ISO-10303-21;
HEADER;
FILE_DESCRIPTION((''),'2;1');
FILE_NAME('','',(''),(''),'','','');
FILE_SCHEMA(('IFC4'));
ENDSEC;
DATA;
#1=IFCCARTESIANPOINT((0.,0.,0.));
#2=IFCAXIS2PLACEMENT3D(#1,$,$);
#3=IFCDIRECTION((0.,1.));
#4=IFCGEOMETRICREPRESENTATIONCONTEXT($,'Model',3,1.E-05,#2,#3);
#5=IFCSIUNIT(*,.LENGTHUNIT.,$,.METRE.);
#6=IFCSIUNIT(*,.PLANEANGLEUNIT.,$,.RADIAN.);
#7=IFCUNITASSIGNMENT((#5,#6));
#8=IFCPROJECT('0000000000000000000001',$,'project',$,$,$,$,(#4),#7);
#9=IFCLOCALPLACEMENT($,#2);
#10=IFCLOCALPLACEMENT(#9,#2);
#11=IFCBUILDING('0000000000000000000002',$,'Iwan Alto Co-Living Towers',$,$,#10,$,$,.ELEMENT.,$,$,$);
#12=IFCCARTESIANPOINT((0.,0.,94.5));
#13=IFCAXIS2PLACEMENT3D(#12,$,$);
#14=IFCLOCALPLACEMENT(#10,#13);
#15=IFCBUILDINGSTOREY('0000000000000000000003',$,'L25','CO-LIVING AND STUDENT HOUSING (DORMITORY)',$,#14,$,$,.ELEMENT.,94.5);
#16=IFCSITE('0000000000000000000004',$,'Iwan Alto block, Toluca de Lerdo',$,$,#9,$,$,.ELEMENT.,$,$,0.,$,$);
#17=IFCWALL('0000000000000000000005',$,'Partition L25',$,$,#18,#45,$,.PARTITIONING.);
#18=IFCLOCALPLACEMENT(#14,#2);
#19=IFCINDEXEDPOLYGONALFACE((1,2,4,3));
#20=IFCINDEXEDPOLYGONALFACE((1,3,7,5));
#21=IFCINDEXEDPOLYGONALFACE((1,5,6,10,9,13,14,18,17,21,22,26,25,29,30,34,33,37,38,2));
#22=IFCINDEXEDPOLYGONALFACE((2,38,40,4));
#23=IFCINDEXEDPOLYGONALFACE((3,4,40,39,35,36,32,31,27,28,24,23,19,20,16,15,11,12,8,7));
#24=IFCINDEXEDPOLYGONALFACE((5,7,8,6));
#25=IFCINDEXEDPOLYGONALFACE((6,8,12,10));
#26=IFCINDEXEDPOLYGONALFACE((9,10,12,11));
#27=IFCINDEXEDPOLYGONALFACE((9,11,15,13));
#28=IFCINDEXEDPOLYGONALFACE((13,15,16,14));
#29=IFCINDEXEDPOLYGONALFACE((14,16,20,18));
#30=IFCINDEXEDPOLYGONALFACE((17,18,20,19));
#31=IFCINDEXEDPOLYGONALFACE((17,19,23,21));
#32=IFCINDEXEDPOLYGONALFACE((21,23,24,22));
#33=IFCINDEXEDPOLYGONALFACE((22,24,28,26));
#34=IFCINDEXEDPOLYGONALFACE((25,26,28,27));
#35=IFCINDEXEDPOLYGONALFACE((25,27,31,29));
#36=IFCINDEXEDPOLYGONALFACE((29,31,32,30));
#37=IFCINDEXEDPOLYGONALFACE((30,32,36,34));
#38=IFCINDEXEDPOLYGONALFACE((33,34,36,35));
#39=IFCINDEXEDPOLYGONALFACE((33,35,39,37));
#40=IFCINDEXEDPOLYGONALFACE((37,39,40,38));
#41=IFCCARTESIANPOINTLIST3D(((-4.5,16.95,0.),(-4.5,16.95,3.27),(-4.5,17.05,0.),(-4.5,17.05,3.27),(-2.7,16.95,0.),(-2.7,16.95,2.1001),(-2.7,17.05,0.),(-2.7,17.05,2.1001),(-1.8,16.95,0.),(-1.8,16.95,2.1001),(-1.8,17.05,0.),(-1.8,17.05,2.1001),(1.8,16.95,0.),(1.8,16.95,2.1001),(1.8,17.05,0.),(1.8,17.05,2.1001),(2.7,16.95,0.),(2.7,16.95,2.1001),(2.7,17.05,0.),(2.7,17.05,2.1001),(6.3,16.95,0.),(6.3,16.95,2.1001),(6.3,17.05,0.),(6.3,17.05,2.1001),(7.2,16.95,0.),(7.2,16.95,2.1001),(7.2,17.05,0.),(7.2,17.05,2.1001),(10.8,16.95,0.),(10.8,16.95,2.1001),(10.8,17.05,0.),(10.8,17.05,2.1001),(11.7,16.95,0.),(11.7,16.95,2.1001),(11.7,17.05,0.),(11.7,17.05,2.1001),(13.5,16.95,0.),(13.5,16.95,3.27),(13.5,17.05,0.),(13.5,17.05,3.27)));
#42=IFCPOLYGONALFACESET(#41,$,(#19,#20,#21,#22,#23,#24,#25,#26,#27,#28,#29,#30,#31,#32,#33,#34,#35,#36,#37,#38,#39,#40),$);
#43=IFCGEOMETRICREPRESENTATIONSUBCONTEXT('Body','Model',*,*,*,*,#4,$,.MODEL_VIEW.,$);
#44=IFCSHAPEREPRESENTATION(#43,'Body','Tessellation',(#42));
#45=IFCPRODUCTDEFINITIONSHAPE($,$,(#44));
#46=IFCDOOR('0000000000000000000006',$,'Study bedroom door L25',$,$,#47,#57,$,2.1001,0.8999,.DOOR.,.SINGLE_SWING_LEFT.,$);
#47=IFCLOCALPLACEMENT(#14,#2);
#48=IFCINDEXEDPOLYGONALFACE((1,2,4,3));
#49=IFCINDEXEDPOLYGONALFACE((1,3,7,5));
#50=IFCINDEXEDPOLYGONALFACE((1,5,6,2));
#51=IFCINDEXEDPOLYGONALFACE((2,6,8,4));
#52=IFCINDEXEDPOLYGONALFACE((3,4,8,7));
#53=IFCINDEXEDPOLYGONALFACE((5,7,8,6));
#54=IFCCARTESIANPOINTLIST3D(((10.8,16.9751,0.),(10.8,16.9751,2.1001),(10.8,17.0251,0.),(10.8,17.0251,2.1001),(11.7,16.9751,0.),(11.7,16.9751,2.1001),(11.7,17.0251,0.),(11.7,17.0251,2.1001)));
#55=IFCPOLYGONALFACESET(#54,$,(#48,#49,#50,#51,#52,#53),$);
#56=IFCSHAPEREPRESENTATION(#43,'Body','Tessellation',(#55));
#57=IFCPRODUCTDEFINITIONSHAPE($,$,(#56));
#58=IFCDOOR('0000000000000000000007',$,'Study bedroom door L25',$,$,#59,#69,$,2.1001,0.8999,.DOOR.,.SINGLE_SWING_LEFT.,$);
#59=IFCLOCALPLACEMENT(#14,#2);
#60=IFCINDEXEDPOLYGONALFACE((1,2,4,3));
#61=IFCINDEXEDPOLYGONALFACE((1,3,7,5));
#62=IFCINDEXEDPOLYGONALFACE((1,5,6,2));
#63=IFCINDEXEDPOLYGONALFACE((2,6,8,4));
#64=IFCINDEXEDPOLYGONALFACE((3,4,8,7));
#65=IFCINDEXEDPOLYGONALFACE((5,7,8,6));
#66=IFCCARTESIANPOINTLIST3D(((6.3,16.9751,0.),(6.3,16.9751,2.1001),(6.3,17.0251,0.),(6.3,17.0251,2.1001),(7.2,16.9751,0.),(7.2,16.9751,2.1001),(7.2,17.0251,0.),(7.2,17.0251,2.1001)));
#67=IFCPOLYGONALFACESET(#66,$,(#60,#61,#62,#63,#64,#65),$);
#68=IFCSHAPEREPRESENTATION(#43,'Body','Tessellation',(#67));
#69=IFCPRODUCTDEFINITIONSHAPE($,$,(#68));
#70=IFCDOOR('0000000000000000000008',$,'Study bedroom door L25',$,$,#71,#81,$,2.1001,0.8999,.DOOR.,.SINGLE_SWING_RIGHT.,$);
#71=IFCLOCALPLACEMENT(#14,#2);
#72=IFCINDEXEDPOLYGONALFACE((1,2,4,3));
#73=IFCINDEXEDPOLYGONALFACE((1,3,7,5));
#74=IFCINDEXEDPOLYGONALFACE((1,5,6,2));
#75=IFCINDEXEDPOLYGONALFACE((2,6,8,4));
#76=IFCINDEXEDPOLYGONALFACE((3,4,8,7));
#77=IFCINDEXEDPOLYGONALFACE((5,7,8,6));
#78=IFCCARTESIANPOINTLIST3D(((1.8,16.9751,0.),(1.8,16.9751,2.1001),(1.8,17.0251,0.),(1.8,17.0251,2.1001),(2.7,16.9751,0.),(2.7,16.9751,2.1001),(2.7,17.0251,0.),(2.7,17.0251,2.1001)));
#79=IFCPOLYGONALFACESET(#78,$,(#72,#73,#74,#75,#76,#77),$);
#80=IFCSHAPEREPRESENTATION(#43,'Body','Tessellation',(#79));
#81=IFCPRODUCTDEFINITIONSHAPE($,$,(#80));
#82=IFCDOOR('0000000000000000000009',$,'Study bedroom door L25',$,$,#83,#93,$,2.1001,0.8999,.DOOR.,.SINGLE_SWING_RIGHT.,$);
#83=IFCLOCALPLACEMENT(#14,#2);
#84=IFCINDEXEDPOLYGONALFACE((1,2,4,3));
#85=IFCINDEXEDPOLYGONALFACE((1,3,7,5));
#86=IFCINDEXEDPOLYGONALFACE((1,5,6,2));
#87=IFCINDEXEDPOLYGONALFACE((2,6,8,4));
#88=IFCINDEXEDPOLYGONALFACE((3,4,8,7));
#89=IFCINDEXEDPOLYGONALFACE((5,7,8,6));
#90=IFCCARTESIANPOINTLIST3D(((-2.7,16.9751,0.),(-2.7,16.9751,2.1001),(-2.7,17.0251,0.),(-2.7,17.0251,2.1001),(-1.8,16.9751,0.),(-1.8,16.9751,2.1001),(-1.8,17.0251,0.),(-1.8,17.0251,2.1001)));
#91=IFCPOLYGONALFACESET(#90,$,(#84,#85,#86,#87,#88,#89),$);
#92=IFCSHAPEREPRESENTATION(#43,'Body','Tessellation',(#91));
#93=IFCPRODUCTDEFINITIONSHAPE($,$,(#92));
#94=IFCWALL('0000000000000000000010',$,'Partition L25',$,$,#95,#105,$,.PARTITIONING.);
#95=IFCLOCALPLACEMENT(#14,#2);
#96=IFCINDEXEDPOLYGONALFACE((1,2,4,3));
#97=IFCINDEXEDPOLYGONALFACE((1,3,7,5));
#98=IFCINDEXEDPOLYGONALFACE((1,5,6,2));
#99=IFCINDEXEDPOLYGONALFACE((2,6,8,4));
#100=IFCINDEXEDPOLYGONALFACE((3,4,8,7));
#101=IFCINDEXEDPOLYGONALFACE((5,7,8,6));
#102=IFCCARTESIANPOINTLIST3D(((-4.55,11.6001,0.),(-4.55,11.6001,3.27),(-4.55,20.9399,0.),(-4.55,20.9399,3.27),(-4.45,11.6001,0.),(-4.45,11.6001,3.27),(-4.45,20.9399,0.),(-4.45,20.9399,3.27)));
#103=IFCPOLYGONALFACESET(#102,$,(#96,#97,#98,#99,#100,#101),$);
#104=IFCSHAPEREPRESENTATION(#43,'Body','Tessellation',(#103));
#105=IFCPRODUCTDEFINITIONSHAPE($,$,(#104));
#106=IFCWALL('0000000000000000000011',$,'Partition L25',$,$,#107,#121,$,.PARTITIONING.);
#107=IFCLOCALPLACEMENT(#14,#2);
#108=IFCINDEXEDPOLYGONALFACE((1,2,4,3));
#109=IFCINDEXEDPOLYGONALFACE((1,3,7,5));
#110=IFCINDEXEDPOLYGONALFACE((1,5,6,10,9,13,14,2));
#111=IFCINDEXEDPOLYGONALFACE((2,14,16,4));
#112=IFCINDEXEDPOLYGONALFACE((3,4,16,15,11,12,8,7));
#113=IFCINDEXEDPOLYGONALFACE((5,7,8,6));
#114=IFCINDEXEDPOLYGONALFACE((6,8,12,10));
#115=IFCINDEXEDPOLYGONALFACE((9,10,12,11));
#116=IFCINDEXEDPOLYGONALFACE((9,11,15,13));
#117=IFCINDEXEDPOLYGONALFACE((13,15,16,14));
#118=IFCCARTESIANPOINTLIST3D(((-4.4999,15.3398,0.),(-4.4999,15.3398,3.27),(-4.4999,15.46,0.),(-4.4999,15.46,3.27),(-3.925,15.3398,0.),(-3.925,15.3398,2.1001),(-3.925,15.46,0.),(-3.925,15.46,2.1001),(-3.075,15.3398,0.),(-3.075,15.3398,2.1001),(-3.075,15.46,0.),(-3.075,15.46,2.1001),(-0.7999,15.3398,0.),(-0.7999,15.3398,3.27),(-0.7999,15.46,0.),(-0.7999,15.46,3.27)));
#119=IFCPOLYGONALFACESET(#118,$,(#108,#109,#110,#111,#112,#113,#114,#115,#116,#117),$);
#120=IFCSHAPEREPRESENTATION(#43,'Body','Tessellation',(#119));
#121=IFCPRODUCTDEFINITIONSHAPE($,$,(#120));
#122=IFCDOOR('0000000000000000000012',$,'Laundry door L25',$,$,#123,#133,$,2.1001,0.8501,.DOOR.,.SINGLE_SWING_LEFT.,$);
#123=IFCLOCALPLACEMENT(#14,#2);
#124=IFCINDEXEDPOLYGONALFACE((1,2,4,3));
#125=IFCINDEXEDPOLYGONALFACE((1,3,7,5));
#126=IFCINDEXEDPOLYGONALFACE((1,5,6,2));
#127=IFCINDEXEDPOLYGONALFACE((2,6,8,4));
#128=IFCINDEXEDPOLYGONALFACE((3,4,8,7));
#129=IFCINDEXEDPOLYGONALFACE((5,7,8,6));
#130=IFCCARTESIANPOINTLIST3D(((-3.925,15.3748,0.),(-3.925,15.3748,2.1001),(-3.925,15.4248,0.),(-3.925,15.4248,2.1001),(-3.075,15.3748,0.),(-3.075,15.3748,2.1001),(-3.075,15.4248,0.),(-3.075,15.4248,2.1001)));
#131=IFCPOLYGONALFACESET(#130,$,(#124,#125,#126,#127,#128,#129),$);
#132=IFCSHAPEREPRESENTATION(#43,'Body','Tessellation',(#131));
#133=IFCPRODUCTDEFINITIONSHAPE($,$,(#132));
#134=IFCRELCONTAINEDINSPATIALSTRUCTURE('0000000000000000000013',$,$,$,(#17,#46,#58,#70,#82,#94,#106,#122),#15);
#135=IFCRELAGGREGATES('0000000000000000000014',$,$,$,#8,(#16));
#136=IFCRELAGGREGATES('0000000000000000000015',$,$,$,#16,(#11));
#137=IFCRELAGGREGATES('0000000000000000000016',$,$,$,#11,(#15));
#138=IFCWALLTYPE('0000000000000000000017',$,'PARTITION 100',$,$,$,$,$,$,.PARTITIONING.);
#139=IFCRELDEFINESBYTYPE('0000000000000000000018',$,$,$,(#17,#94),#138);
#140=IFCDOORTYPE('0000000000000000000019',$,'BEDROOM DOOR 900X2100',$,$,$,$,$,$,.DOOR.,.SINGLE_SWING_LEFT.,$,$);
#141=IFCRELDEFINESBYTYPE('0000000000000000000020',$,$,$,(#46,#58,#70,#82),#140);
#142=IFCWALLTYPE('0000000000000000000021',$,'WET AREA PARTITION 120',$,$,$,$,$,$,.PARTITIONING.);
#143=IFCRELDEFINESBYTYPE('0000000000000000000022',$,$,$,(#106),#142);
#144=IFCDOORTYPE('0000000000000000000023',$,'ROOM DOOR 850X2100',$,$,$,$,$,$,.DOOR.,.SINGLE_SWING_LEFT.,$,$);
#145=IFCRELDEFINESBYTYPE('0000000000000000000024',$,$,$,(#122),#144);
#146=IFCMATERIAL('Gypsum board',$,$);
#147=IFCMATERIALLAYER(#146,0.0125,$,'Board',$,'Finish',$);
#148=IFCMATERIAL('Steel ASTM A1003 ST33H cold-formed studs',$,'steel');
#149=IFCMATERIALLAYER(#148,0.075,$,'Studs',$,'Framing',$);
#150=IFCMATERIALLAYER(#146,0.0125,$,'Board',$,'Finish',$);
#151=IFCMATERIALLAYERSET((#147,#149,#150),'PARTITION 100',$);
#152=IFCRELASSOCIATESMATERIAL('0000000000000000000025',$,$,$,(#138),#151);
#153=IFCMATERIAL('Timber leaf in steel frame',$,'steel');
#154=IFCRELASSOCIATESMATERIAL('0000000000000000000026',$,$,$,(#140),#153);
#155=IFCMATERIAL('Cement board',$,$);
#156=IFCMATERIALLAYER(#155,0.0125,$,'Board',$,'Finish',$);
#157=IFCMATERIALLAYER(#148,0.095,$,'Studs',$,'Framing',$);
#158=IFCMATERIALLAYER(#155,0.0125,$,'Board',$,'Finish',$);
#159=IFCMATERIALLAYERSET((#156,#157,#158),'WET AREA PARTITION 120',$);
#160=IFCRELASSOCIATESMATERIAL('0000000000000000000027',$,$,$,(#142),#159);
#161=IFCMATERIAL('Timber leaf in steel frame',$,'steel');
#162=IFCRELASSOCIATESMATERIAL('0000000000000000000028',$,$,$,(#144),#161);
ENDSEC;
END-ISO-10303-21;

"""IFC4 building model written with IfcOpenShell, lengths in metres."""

from ifc_helpers import new_model, si_unit, direction, frame, frame_2d, origin, place, context, subcontext, project, spatial, rectangle, extrude, material, layer, layer_set, type_object, element, fill, save


model = new_model("IFC4")

# Units and contexts
model_context = context("Model", 3, precision=1e-05, world=origin(), true_north=direction((0.0, 1.0)))
body_context = subcontext(model_context, "Body", "Model", "MODEL_VIEW")
ifc_project = project(units=[si_unit("LENGTHUNIT", "METRE"), si_unit("PLANEANGLEUNIT", "RADIAN")], contexts=[model_context])

# Site, building, storey
site_placement = place(None, origin())
site = spatial("IfcSite", under=ifc_project, at=site_placement, Name="Iwan Alto block, Toluca de Lerdo", CompositionType="ELEMENT", RefElevation=0.0)
building_placement = place(site_placement, origin())
building = spatial("IfcBuilding", under=site, at=building_placement, Name="Iwan Alto Co-Living Towers", CompositionType="ELEMENT")
storey_placement = place(building_placement, frame((0.0, 0.0, 94.5)))
storey = spatial("IfcBuildingStorey", under=building, at=storey_placement, Name="L25", Description="CO-LIVING AND STUDENT HOUSING (DORMITORY)", CompositionType="ELEMENT", Elevation=94.5)

# Wall, openings, doors
ifc_material_1 = material(Name="Gypsum board")
ifc_layer_1 = layer(ifc_material_1, 0.0125, Name="Board", Category="Finish")
ifc_material_2 = material(Name="Steel ASTM A1003 ST33H cold-formed studs", Category="steel")
ifc_layer_2 = layer(ifc_material_2, 0.075, Name="Studs", Category="Framing")
ifc_layer_3 = layer(ifc_material_1, 0.0125, Name="Board", Category="Finish")
ifc_layer_set_1 = layer_set([ifc_layer_1, ifc_layer_2, ifc_layer_3], Name="PARTITION 100")
wall_type_1 = type_object("IfcWallType", Name="PARTITION 100", PredefinedType="PARTITIONING", material=ifc_layer_set_1)
wall_1_placement = place(storey_placement, frame((-4.5, 17.0, 0.0), z_axis=(0.0, 0.0, 1.0), x_axis=(1.0, 0.0, 0.0)))
wall_1 = element("IfcWall", 1, at=wall_1_placement, inside=storey, type_object=wall_type_1, Name="Partition L25", PredefinedType="PARTITIONING", context=body_context, shape_type="SweptSolid", body=[
    extrude(rectangle(XDim=18.0, YDim=0.1001, at=frame_2d((9.0, 0.0))), origin(), (0.0, 0.0, 1.0), 3.27),
])
opening_1_placement = place(wall_1_placement, frame((15.3, 0.0, 0.0)))
opening_1 = element("IfcOpeningElement", 2, at=opening_1_placement, cuts=wall_1, PredefinedType="OPENING", context=body_context, shape_type="SweptSolid", body=[
    extrude(rectangle(XDim=0.8999, YDim=2.1001, at=frame_2d((0.45, 1.05))), frame((0.0, 0.0601, 0.0), z_axis=(0.0, -1.0, 0.0), x_axis=(1.0, 0.0, 0.0)), (0.0, 0.0, 1.0), 0.1201),
])
opening_2_placement = place(wall_1_placement, frame((10.8, 0.0, 0.0)))
opening_2 = element("IfcOpeningElement", 3, at=opening_2_placement, cuts=wall_1, PredefinedType="OPENING", context=body_context, shape_type="SweptSolid", body=[
    extrude(rectangle(XDim=0.8999, YDim=2.1001, at=frame_2d((0.45, 1.05))), frame((0.0, 0.0601, 0.0), z_axis=(0.0, -1.0, 0.0), x_axis=(1.0, 0.0, 0.0)), (0.0, 0.0, 1.0), 0.1201),
])
opening_3_placement = place(wall_1_placement, frame((6.3, 0.0, 0.0)))
opening_3 = element("IfcOpeningElement", 4, at=opening_3_placement, cuts=wall_1, PredefinedType="OPENING", context=body_context, shape_type="SweptSolid", body=[
    extrude(rectangle(XDim=0.8999, YDim=2.1001, at=frame_2d((0.45, 1.05))), frame((0.0, 0.0601, 0.0), z_axis=(0.0, -1.0, 0.0), x_axis=(1.0, 0.0, 0.0)), (0.0, 0.0, 1.0), 0.1201),
])
opening_4_placement = place(wall_1_placement, frame((1.8, 0.0, 0.0)))
opening_4 = element("IfcOpeningElement", 5, at=opening_4_placement, cuts=wall_1, PredefinedType="OPENING", context=body_context, shape_type="SweptSolid", body=[
    extrude(rectangle(XDim=0.8999, YDim=2.1001, at=frame_2d((0.45, 1.05))), frame((0.0, 0.0601, 0.0), z_axis=(0.0, -1.0, 0.0), x_axis=(1.0, 0.0, 0.0)), (0.0, 0.0, 1.0), 0.1201),
])
ifc_material_3 = material(Name="Timber leaf in steel frame", Category="steel")
door_type_1 = type_object("IfcDoorType", Name="BEDROOM DOOR 900X2100", OperationType="SINGLE_SWING_LEFT", PredefinedType="DOOR", material=ifc_material_3)
door_1_placement = place(opening_1_placement, frame((0.8999, 0.0, 0.0), z_axis=(0.0, 0.0, 1.0), x_axis=(-1.0, 0.0, 0.0)))
door_1 = element("IfcDoor", 6, at=door_1_placement, inside=storey, type_object=door_type_1, Name="Study bedroom door L25", OperationType="SINGLE_SWING_LEFT", OverallHeight=2.1001, OverallWidth=0.8999, PredefinedType="DOOR", context=body_context, shape_type="SweptSolid", body=[
    extrude(rectangle(XDim=0.8999, YDim=2.1001, at=frame_2d((0.45, 1.05))), frame((0.0, 0.0249, 0.0), z_axis=(0.0, -1.0, 0.0), x_axis=(1.0, 0.0, 0.0)), (0.0, 0.0, 1.0), 0.05),
])
fill(opening_1, door_1)
door_2_placement = place(opening_2_placement, frame((0.8999, 0.0, 0.0), z_axis=(0.0, 0.0, 1.0), x_axis=(-1.0, 0.0, 0.0)))
door_2 = element("IfcDoor", 7, at=door_2_placement, inside=storey, type_object=door_type_1, Name="Study bedroom door L25", OperationType="SINGLE_SWING_LEFT", OverallHeight=2.1001, OverallWidth=0.8999, PredefinedType="DOOR", context=body_context, shape_type="SweptSolid", body=[
    extrude(rectangle(XDim=0.8999, YDim=2.1001, at=frame_2d((0.45, 1.05))), frame((0.0, 0.0249, 0.0), z_axis=(0.0, -1.0, 0.0), x_axis=(1.0, 0.0, 0.0)), (0.0, 0.0, 1.0), 0.05),
])
fill(opening_2, door_2)
door_3_placement = place(opening_3_placement, frame((0.8999, 0.0, 0.0), z_axis=(0.0, 0.0, 1.0), x_axis=(-1.0, 0.0, 0.0)))
door_3 = element("IfcDoor", 8, at=door_3_placement, inside=storey, type_object=door_type_1, Name="Study bedroom door L25", OperationType="SINGLE_SWING_RIGHT", OverallHeight=2.1001, OverallWidth=0.8999, PredefinedType="DOOR", context=body_context, shape_type="SweptSolid", body=[
    extrude(rectangle(XDim=0.8999, YDim=2.1001, at=frame_2d((0.45, 1.05))), frame((0.0, 0.0249, 0.0), z_axis=(0.0, -1.0, 0.0), x_axis=(1.0, 0.0, 0.0)), (0.0, 0.0, 1.0), 0.05),
])
fill(opening_3, door_3)
door_4_placement = place(opening_4_placement, frame((0.8999, 0.0, 0.0), z_axis=(0.0, 0.0, 1.0), x_axis=(-1.0, 0.0, 0.0)))
door_4 = element("IfcDoor", 9, at=door_4_placement, inside=storey, type_object=door_type_1, Name="Study bedroom door L25", OperationType="SINGLE_SWING_RIGHT", OverallHeight=2.1001, OverallWidth=0.8999, PredefinedType="DOOR", context=body_context, shape_type="SweptSolid", body=[
    extrude(rectangle(XDim=0.8999, YDim=2.1001, at=frame_2d((0.45, 1.05))), frame((0.0, 0.0249, 0.0), z_axis=(0.0, -1.0, 0.0), x_axis=(1.0, 0.0, 0.0)), (0.0, 0.0, 1.0), 0.05),
])
fill(opening_4, door_4)

# Wall
wall_2_placement = place(storey_placement, frame((-4.5, 11.6001, 0.0), z_axis=(0.0, 0.0, 1.0), x_axis=(0.0, 1.0, 0.0)))
element("IfcWall", 10, at=wall_2_placement, inside=storey, type_object=wall_type_1, Name="Partition L25", PredefinedType="PARTITIONING", context=body_context, shape_type="SweptSolid", body=[
    extrude(rectangle(XDim=9.3398, YDim=0.1001, at=frame_2d((4.6699, 0.0))), origin(), (0.0, 0.0, 1.0), 3.27),
])

# Wall, opening, door
ifc_material_4 = material(Name="Cement board")
ifc_layer_4 = layer(ifc_material_4, 0.0125, Name="Board", Category="Finish")
ifc_layer_5 = layer(ifc_material_2, 0.095, Name="Studs", Category="Framing")
ifc_layer_6 = layer(ifc_material_4, 0.0125, Name="Board", Category="Finish")
ifc_layer_set_2 = layer_set([ifc_layer_4, ifc_layer_5, ifc_layer_6], Name="WET AREA PARTITION 120")
wall_type_2 = type_object("IfcWallType", Name="WET AREA PARTITION 120", PredefinedType="PARTITIONING", material=ifc_layer_set_2)
wall_3_placement = place(storey_placement, frame((-4.5, 15.3999, 0.0), z_axis=(0.0, 0.0, 1.0), x_axis=(1.0, 0.0, 0.0)))
wall_3 = element("IfcWall", 11, at=wall_3_placement, inside=storey, type_object=wall_type_2, Name="Partition L25", PredefinedType="PARTITIONING", context=body_context, shape_type="SweptSolid", body=[
    extrude(rectangle(XDim=3.7, YDim=0.1201, at=frame_2d((1.8501, 0.0))), origin(), (0.0, 0.0, 1.0), 3.27),
])
opening_5_placement = place(wall_3_placement, frame((0.575, 0.0, 0.0)))
opening_5 = element("IfcOpeningElement", 12, at=opening_5_placement, cuts=wall_3, PredefinedType="OPENING", context=body_context, shape_type="SweptSolid", body=[
    extrude(rectangle(XDim=0.8501, YDim=2.1001, at=frame_2d((0.425, 1.05))), frame((0.0, 0.0701, 0.0), z_axis=(0.0, -1.0, 0.0), x_axis=(1.0, 0.0, 0.0)), (0.0, 0.0, 1.0), 0.1401),
])
ifc_material_5 = material(Name="Timber leaf in steel frame", Category="steel")
door_type_2 = type_object("IfcDoorType", Name="ROOM DOOR 850X2100", OperationType="SINGLE_SWING_LEFT", PredefinedType="DOOR", material=ifc_material_5)
door_5_placement = place(opening_5_placement, origin())
door_5 = element("IfcDoor", 13, at=door_5_placement, inside=storey, type_object=door_type_2, Name="Laundry door L25", OperationType="SINGLE_SWING_LEFT", OverallHeight=2.1001, OverallWidth=0.8501, PredefinedType="DOOR", context=body_context, shape_type="SweptSolid", body=[
    extrude(rectangle(XDim=0.8501, YDim=2.1001, at=frame_2d((0.425, 1.05))), frame((0.0, 0.0249, 0.0), z_axis=(0.0, -1.0, 0.0), x_axis=(1.0, 0.0, 0.0)), (0.0, 0.0, 1.0), 0.05),
])
fill(opening_5, door_5)

save(model, "model.ifc")
